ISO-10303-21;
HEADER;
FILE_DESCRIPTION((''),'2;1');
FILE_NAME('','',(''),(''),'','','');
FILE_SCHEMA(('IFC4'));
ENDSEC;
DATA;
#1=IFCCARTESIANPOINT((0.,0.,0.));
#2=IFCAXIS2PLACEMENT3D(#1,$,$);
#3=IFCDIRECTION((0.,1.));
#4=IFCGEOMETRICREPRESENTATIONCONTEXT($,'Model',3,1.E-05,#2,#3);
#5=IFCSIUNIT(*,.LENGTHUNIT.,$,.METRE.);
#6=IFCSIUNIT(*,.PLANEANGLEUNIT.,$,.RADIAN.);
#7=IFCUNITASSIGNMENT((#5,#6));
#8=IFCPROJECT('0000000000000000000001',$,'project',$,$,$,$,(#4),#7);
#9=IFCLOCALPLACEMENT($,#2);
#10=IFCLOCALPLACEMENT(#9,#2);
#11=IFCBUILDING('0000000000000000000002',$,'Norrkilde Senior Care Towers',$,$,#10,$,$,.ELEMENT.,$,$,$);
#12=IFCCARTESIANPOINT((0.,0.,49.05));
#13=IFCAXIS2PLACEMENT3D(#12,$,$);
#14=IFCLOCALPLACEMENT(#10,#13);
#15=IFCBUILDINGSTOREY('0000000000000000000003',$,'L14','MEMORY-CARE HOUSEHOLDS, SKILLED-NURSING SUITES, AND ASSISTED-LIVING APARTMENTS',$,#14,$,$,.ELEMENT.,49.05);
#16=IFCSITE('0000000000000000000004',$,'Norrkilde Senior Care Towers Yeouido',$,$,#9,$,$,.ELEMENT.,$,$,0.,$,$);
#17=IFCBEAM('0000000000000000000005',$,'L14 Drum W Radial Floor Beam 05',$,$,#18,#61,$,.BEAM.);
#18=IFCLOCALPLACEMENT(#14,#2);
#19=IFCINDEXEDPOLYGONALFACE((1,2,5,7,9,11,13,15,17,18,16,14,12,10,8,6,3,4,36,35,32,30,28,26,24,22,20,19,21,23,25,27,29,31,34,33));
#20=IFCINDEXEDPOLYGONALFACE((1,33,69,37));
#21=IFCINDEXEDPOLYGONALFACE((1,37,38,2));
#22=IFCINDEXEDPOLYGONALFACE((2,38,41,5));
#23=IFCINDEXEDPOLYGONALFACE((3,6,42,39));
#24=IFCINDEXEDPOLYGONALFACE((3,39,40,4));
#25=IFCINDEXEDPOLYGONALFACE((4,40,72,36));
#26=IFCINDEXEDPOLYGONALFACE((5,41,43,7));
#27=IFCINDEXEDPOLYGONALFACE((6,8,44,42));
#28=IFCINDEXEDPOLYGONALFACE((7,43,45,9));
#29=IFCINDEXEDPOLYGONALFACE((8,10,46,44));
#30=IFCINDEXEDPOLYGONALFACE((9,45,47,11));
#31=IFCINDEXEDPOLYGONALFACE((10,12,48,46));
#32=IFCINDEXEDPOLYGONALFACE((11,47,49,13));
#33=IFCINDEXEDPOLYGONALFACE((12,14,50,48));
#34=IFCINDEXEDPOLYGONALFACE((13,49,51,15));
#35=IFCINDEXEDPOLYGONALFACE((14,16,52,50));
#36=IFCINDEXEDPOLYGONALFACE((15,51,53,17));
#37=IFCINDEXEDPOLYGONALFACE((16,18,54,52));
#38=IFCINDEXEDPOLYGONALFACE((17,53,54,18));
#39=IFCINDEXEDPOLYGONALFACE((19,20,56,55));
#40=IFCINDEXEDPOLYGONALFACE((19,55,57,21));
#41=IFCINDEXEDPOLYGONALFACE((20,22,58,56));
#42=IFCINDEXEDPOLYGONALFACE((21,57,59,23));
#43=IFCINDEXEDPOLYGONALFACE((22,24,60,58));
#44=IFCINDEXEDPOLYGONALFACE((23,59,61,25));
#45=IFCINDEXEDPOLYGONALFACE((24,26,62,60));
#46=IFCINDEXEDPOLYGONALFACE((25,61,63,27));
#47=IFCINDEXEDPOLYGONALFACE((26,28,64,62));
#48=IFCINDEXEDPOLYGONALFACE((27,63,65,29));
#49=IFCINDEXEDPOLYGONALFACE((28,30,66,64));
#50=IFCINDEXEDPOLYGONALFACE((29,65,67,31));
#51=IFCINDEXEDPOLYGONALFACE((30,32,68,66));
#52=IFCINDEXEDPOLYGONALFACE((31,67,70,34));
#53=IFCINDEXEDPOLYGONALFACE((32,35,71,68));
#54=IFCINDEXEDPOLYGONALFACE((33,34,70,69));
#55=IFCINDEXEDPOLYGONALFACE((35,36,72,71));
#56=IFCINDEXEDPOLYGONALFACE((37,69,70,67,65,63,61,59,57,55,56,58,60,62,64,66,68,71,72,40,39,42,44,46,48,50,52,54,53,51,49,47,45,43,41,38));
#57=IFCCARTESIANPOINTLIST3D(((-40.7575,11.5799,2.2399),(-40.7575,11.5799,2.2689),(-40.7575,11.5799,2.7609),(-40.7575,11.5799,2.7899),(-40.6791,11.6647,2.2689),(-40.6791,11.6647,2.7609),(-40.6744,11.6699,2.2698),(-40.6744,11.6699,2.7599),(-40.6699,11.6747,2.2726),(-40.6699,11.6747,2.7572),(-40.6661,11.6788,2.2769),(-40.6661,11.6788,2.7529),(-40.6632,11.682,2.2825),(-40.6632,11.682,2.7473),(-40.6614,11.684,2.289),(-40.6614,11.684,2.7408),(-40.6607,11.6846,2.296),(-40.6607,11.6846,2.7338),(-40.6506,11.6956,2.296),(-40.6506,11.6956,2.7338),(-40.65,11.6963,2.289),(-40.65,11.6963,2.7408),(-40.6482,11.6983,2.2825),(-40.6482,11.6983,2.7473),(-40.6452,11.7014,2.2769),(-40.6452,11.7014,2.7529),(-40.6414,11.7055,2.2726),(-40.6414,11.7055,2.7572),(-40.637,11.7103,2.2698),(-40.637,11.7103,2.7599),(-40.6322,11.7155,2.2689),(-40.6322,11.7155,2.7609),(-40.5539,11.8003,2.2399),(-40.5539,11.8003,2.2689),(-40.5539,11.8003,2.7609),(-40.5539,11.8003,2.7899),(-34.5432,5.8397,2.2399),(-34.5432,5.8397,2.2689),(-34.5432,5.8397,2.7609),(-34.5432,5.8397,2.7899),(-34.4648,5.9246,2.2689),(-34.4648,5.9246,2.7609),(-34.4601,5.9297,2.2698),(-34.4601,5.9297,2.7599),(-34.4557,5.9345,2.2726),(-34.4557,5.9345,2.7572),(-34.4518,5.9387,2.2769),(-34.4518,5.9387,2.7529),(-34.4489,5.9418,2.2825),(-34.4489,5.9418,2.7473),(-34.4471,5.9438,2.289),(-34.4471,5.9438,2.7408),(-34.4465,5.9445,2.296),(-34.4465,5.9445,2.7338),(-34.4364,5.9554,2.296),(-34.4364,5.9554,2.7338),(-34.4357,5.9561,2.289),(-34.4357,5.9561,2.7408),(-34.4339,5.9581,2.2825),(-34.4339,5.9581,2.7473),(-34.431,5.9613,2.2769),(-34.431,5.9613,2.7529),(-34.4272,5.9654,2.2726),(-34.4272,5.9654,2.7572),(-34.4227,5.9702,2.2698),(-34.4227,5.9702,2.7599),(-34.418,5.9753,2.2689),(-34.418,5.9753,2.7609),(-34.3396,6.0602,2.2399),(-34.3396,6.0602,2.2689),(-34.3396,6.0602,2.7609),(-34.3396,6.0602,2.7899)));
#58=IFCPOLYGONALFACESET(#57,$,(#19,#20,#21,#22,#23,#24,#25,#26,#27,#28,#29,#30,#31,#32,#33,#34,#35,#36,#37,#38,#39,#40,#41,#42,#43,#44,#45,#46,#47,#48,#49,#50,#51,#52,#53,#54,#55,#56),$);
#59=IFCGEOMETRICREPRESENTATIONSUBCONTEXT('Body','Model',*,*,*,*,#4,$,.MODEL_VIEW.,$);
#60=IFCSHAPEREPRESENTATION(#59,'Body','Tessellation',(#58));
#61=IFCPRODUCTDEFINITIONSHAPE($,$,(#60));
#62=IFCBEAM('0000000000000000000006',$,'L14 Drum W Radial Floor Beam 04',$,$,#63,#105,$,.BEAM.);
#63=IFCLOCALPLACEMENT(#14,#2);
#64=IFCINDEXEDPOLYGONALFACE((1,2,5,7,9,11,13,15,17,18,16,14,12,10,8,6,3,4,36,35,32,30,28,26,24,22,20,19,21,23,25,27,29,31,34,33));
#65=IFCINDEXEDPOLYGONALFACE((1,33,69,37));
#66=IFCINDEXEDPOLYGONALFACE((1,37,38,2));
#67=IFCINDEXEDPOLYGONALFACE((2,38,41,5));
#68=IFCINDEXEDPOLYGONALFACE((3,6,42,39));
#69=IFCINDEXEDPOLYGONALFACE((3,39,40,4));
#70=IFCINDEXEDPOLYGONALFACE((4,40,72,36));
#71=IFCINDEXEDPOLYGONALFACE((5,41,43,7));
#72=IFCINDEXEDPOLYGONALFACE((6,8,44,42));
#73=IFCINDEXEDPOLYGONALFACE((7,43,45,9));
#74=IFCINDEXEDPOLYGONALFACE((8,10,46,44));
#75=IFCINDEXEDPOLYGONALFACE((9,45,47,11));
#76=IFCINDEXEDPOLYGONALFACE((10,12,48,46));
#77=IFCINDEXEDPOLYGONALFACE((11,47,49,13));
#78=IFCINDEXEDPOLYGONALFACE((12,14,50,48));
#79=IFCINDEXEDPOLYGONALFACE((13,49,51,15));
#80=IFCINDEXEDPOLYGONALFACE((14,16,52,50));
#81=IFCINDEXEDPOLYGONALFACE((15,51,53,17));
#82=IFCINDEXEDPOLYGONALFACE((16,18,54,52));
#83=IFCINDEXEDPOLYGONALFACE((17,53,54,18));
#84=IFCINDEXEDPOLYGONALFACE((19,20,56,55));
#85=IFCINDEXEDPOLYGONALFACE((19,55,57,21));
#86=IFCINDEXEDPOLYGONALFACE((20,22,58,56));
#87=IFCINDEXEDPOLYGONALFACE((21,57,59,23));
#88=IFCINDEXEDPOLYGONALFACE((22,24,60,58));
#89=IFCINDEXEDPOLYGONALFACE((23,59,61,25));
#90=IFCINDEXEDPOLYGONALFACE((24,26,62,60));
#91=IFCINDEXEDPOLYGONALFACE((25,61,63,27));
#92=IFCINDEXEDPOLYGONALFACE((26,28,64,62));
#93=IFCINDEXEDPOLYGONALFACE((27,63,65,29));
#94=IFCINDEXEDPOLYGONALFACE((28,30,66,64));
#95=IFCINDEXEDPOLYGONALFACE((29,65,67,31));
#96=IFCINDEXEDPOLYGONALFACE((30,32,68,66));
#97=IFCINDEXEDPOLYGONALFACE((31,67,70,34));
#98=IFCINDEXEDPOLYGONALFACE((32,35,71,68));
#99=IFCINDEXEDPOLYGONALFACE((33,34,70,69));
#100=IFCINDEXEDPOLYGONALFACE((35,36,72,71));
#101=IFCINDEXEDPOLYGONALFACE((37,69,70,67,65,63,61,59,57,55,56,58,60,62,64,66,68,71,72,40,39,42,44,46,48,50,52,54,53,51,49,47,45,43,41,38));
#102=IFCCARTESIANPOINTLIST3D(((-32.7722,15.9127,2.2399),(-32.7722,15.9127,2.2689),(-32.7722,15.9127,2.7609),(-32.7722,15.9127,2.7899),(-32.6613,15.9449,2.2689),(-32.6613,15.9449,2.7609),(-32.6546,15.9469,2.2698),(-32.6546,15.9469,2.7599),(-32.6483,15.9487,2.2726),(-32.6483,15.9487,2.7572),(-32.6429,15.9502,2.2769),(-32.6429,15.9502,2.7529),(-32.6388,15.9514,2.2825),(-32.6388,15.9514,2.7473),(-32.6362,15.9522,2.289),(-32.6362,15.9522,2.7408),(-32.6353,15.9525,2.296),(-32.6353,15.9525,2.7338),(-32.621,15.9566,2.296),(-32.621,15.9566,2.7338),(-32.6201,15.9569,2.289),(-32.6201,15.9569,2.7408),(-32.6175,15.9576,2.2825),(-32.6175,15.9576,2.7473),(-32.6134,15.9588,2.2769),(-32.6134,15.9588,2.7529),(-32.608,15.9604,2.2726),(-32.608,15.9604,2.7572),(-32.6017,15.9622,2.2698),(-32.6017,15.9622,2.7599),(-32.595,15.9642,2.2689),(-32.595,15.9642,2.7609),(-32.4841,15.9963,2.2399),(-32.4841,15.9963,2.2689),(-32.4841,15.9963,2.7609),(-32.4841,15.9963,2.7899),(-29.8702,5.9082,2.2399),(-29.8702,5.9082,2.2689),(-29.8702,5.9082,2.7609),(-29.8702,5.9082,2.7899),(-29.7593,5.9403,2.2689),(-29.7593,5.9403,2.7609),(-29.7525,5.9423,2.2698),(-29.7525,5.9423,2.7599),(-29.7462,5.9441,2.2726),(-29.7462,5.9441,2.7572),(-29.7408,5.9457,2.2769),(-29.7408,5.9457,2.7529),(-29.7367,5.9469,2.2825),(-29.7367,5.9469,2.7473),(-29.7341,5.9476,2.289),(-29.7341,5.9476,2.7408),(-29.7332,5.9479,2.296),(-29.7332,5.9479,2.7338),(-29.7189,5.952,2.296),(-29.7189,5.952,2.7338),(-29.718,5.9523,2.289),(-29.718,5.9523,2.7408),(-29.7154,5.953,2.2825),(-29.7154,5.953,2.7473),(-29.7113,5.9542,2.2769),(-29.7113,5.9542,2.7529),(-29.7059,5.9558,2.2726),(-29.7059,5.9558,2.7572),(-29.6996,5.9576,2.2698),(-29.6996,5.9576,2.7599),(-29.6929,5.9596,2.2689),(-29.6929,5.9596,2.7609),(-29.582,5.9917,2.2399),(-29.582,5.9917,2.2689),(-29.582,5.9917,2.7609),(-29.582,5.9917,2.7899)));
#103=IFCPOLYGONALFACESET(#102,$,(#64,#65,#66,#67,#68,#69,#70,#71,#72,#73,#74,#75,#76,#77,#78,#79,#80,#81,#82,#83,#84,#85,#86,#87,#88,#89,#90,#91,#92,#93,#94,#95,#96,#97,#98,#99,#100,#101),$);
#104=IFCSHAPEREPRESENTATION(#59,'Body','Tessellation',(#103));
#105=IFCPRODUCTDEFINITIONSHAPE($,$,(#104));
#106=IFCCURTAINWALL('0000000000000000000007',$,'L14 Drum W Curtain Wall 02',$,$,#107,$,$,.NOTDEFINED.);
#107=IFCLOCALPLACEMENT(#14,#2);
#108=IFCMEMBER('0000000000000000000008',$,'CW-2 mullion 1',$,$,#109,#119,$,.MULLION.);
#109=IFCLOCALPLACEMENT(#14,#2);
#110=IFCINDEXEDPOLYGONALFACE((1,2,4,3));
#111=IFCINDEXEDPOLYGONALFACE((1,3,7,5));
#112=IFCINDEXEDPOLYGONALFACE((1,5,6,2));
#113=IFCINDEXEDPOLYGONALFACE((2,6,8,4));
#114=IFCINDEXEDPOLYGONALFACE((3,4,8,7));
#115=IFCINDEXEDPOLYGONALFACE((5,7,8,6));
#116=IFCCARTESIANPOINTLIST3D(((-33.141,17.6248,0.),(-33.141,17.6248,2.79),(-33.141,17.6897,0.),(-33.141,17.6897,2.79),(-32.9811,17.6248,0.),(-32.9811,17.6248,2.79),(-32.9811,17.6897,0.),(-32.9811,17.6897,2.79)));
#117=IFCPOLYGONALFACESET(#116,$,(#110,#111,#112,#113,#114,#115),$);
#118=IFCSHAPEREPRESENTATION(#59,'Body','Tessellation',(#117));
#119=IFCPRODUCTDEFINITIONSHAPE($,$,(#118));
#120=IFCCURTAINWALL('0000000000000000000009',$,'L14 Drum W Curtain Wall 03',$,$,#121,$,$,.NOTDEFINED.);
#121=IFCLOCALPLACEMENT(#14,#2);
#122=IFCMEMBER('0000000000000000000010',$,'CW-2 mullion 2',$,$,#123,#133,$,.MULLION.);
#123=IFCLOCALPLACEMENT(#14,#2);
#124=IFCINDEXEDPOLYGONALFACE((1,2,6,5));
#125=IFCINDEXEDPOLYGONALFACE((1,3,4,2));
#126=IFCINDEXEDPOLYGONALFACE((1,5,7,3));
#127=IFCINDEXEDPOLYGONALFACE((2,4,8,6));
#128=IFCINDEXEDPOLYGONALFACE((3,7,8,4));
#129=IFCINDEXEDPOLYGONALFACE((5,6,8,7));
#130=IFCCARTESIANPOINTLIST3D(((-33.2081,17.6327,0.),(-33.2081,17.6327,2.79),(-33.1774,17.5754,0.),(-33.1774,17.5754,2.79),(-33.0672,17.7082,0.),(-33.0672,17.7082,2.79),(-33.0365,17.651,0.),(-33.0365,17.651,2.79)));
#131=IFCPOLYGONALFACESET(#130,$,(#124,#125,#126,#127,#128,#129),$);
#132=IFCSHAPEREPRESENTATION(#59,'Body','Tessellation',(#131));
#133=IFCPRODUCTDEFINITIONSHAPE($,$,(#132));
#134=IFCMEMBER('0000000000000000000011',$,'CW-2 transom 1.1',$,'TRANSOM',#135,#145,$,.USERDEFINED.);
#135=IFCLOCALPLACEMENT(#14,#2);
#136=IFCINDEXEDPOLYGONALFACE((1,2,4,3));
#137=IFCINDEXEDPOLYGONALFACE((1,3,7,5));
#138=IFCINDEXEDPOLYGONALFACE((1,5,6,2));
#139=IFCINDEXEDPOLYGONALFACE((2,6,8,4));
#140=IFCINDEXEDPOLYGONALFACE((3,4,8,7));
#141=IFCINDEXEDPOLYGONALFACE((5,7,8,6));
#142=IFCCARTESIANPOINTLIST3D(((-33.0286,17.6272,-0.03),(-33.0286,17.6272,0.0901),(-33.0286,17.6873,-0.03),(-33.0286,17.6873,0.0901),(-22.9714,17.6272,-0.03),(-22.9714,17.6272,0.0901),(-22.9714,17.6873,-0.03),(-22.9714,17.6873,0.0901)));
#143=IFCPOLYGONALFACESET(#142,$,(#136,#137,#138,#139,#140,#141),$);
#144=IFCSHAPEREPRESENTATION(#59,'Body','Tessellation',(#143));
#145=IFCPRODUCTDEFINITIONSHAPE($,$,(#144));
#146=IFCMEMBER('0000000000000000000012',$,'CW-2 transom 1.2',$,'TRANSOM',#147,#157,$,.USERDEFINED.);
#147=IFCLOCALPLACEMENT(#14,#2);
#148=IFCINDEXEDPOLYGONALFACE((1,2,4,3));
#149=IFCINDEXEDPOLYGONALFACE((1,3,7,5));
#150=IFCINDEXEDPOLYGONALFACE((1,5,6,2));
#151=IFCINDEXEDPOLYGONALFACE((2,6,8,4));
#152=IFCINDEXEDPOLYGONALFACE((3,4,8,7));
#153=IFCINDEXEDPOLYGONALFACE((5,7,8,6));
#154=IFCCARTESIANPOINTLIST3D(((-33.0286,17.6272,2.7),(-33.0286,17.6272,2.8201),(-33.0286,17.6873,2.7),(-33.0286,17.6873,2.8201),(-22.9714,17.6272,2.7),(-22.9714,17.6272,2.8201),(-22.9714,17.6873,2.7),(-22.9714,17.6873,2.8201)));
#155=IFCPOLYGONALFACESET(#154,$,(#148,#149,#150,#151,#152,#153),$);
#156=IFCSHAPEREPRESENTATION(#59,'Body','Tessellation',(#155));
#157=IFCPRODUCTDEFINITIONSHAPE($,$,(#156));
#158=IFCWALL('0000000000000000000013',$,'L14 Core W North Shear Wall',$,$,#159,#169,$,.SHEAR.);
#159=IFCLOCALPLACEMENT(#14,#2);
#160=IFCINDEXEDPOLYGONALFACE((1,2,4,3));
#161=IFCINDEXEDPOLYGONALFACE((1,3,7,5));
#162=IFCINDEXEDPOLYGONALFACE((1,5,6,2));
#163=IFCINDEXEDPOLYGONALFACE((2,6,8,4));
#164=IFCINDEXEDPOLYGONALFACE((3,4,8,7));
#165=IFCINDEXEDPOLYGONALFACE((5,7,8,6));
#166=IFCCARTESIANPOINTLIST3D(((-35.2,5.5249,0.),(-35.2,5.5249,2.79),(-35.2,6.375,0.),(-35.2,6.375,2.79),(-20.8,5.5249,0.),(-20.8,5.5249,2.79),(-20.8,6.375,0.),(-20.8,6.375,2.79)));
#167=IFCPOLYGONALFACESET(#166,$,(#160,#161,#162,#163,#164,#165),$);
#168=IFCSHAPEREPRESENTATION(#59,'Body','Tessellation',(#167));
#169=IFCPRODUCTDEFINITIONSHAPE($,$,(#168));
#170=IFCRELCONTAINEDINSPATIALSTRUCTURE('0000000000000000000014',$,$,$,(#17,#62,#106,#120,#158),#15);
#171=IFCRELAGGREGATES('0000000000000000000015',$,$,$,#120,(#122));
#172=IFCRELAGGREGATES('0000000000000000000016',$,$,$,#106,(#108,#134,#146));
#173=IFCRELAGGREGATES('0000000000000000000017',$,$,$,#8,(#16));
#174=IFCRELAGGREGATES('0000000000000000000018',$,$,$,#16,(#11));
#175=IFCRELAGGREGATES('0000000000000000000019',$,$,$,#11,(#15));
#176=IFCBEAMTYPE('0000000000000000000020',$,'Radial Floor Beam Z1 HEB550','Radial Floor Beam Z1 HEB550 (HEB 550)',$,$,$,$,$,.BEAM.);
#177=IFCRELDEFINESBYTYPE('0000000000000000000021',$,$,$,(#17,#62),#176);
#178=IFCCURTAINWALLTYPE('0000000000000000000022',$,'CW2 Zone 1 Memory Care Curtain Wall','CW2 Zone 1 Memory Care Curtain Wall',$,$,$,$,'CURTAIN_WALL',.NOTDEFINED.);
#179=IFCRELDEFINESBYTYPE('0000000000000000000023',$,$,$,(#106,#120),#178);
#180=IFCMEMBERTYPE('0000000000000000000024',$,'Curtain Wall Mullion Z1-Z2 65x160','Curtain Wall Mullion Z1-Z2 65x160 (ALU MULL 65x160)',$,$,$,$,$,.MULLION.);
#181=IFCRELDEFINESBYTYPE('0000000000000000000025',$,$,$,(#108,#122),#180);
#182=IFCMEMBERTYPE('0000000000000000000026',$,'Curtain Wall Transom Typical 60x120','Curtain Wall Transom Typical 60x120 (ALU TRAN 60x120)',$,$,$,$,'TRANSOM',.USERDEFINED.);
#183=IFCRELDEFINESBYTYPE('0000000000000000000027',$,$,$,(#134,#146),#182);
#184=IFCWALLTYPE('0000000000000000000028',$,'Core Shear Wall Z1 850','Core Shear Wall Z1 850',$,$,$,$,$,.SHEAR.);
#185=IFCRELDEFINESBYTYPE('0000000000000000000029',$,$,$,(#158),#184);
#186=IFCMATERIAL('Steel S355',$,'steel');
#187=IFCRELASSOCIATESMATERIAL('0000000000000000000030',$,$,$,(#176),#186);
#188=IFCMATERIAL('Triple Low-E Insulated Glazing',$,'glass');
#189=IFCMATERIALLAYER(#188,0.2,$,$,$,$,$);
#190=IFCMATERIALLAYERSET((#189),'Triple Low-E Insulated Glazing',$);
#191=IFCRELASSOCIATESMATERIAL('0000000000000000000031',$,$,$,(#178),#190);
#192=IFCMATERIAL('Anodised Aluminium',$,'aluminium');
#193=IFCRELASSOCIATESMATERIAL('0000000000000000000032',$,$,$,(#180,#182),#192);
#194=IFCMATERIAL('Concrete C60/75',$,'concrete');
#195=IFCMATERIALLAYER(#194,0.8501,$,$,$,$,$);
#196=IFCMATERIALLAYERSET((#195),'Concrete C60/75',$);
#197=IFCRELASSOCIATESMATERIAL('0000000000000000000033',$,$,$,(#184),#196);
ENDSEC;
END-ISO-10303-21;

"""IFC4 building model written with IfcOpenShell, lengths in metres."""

from ifc_helpers import new_model, si_unit, direction, frame, frame_2d, origin, origin_2d, place, context, subcontext, project, spatial, rectangle, i_section, extrude, source, transform, mapped, material, layer, layer_set, material_profile, profile_set, type_object, type_shapes, element, aggregate, save


model = new_model("IFC4")

# Units and contexts
model_context = context("Model", 3, precision=1e-05, world=origin(), true_north=direction((0.0, 1.0)))
body_context = subcontext(model_context, "Body", "Model", "MODEL_VIEW")
ifc_project = project(units=[si_unit("LENGTHUNIT", "METRE"), si_unit("PLANEANGLEUNIT", "RADIAN")], contexts=[model_context])

# Site, building, storey
site_placement = place(None, origin())
site = spatial("IfcSite", under=ifc_project, at=site_placement, Name="Norrkilde Senior Care Towers Yeouido", CompositionType="ELEMENT", RefElevation=0.0)
building_placement = place(site_placement, origin())
building = spatial("IfcBuilding", under=site, at=building_placement, Name="Norrkilde Senior Care Towers", CompositionType="ELEMENT")
storey_placement = place(building_placement, frame((0.0, 0.0, 49.05)))
storey = spatial("IfcBuildingStorey", under=building, at=storey_placement, Name="L14", Description="MEMORY-CARE HOUSEHOLDS, SKILLED-NURSING SUITES, AND ASSISTED-LIVING APARTMENTS", CompositionType="ELEMENT", Elevation=49.05)

# Shared definitions
ifc_material_1 = material(Name="Concrete C60/75", Category="concrete")

# Beams
ifc_material_2 = material(Name="Steel S355", Category="steel")
ifc_material_profile_1 = material_profile(ifc_material_2, i_section(OverallWidth=0.3, OverallDepth=0.55, WebThickness=0.0149, FlangeThickness=0.0291, FilletRadius=0.0271, at=origin_2d()), Name="HEB 550")
ifc_profile_set_1 = profile_set([ifc_material_profile_1], Name="Steel S355")
beam_type_1 = type_object("IfcBeamType", Name="Radial Floor Beam Z1 HEB550", Description="Radial Floor Beam Z1 HEB550 (HEB 550)", PredefinedType="BEAM", material=ifc_profile_set_1)
shared_shape_1 = source(origin(), body_context, "Body", "SweptSolid", [
    extrude(i_section(OverallWidth=0.3, OverallDepth=0.55, WebThickness=0.0149, FlangeThickness=0.0291, FilletRadius=0.0271, at=origin_2d()), origin(), (0.0, 0.0, 1.0), 8.4597),
])
beam_1_placement = place(storey_placement, frame((-34.4414, 5.95, 2.5149), z_axis=(-0.734573, 0.678529, 0.0), x_axis=(-0.678529, -0.734573, 0.0)))
element("IfcBeam", 1, at=beam_1_placement, inside=storey, type_object=beam_type_1, Name="L14 Drum W Radial Floor Beam 05", PredefinedType="BEAM", context=body_context, shape_type="MappedRepresentation", body=[
    mapped(shared_shape_1, transform((0.0, 0.0, 0.0), x_axis=(1.0, 0.0, 0.0), y_axis=(0.0, 1.0, 0.0), z_axis=(0.0, 0.0, 1.0), scale=1.0)),
])
shared_shape_2 = source(origin(), body_context, "Body", "SweptSolid", [
    extrude(i_section(OverallWidth=0.3, OverallDepth=0.55, WebThickness=0.0149, FlangeThickness=0.0291, FilletRadius=0.0271, at=origin_2d()), origin(), (0.0, 0.0, 1.0), 10.417),
])
beam_2_placement = place(storey_placement, frame((-29.7261, 5.95, 2.5149), z_axis=(-0.278591, 0.96041, 0.0), x_axis=(-0.96041, -0.278591, 0.0)))
element("IfcBeam", 2, at=beam_2_placement, inside=storey, type_object=beam_type_1, Name="L14 Drum W Radial Floor Beam 04", PredefinedType="BEAM", context=body_context, shape_type="MappedRepresentation", body=[
    mapped(shared_shape_2, transform((0.0, 0.0, 0.0), x_axis=(1.0, 0.0, 0.0), y_axis=(0.0, 1.0, 0.0), z_axis=(0.0, 0.0, 1.0), scale=1.0)),
])

# Curtain walls, members
ifc_material_3 = material(Name="Triple Low-E Insulated Glazing", Category="glass")
ifc_layer_1 = layer(ifc_material_3, 0.2)
ifc_layer_set_1 = layer_set([ifc_layer_1], Name="Triple Low-E Insulated Glazing")
curtain_wall_type = type_object("IfcCurtainWallType", Name="CW2 Zone 1 Memory Care Curtain Wall", Description="CW2 Zone 1 Memory Care Curtain Wall", ElementType="CURTAIN_WALL", PredefinedType="NOTDEFINED", material=ifc_layer_set_1)
curtain_wall_1_placement = place(storey_placement, origin())
curtain_wall_1 = element("IfcCurtainWall", 3, at=curtain_wall_1_placement, inside=storey, type_object=curtain_wall_type, Name="L14 Drum W Curtain Wall 02", PredefinedType="NOTDEFINED")
ifc_material_4 = material(Name="Anodised Aluminium", Category="aluminium")
ifc_material_profile_2 = material_profile(ifc_material_4, rectangle(XDim=0.0649, YDim=0.1599, at=origin_2d()), Name="ALU MULL 65x160")
ifc_profile_set_2 = profile_set([ifc_material_profile_2], Name="Anodised Aluminium")
member_type_1 = type_object("IfcMemberType", Name="Curtain Wall Mullion Z1-Z2 65x160", Description="Curtain Wall Mullion Z1-Z2 65x160 (ALU MULL 65x160)", PredefinedType="MULLION", material=ifc_profile_set_2)
shared_shape_3 = source(origin(), body_context, "Body", "SweptSolid", [
    extrude(rectangle(XDim=0.0649, YDim=0.1599, at=origin_2d()), origin(), (0.0, 0.0, 1.0), 2.79),
])
type_shapes(member_type_1, [shared_shape_3])
member_1_placement = place(storey_placement, frame((-33.061, 17.6572, 0.0), z_axis=(0.0, 0.0, 1.0), x_axis=(0.0, 1.0, 0.0)))
member_1 = element("IfcMember", 4, at=member_1_placement, type_object=member_type_1, Name="CW-2 mullion 1", PredefinedType="MULLION", context=body_context, shape_type="MappedRepresentation", body=[
    mapped(shared_shape_3, transform((0.0, 0.0, 0.0), x_axis=(1.0, 0.0, 0.0), y_axis=(0.0, 1.0, 0.0), z_axis=(0.0, 0.0, 1.0), scale=1.0)),
])
curtain_wall_2_placement = place(storey_placement, origin())
curtain_wall_2 = element("IfcCurtainWall", 5, at=curtain_wall_2_placement, inside=storey, type_object=curtain_wall_type, Name="L14 Drum W Curtain Wall 03", PredefinedType="NOTDEFINED")
member_2_placement = place(storey_placement, frame((-33.1223, 17.6418, 0.0), z_axis=(0.0, 0.0, 1.0), x_axis=(-0.472608, 0.881273, 0.0)))
member_2 = element("IfcMember", 6, at=member_2_placement, type_object=member_type_1, Name="CW-2 mullion 2", PredefinedType="MULLION", context=body_context, shape_type="MappedRepresentation", body=[
    mapped(shared_shape_3, transform((0.0, 0.0, 0.0), x_axis=(1.0, 0.0, 0.0), y_axis=(0.0, 1.0, 0.0), z_axis=(0.0, 0.0, 1.0), scale=1.0)),
])
aggregate(curtain_wall_2, [member_2])

# Members
ifc_material_profile_3 = material_profile(ifc_material_4, rectangle(XDim=0.0601, YDim=0.1201, at=origin_2d()), Name="ALU TRAN 60x120")
ifc_profile_set_3 = profile_set([ifc_material_profile_3], Name="Anodised Aluminium")
member_type_2 = type_object("IfcMemberType", Name="Curtain Wall Transom Typical 60x120", Description="Curtain Wall Transom Typical 60x120 (ALU TRAN 60x120)", ElementType="TRANSOM", PredefinedType="USERDEFINED", material=ifc_profile_set_3)
shared_shape_4 = source(origin(), body_context, "Body", "SweptSolid", [
    extrude(rectangle(XDim=0.0601, YDim=0.1201, at=origin_2d()), origin(), (0.0, 0.0, 1.0), 10.0571),
])
type_shapes(member_type_2, [shared_shape_4])
member_3_placement = place(storey_placement, frame((-33.0286, 17.6572, 0.03), z_axis=(1.0, 0.0, 0.0), x_axis=(0.0, 1.0, 0.0)))
member_3 = element("IfcMember", 7, at=member_3_placement, type_object=member_type_2, Name="CW-2 transom 1.1", ObjectType="TRANSOM", PredefinedType="USERDEFINED", context=body_context, shape_type="MappedRepresentation", body=[
    mapped(shared_shape_4, transform((0.0, 0.0, 0.0), x_axis=(1.0, 0.0, 0.0), y_axis=(0.0, 1.0, 0.0), z_axis=(0.0, 0.0, 1.0), scale=1.0)),
])
member_4_placement = place(storey_placement, frame((-33.0286, 17.6572, 2.76), z_axis=(1.0, 0.0, 0.0), x_axis=(0.0, 1.0, 0.0)))
member_4 = element("IfcMember", 8, at=member_4_placement, type_object=member_type_2, Name="CW-2 transom 1.2", ObjectType="TRANSOM", PredefinedType="USERDEFINED", context=body_context, shape_type="MappedRepresentation", body=[
    mapped(shared_shape_4, transform((0.0, 0.0, 0.0), x_axis=(1.0, 0.0, 0.0), y_axis=(0.0, 1.0, 0.0), z_axis=(0.0, 0.0, 1.0), scale=1.0)),
])
aggregate(curtain_wall_1, [member_1, member_3, member_4])

# Wall
ifc_layer_2 = layer(ifc_material_1, 0.8501)
ifc_layer_set_2 = layer_set([ifc_layer_2], Name="Concrete C60/75")
wall_type_1 = type_object("IfcWallType", Name="Core Shear Wall Z1 850", Description="Core Shear Wall Z1 850", PredefinedType="SHEAR", material=ifc_layer_set_2)
shared_shape_5 = source(origin(), body_context, "Body", "SweptSolid", [
    extrude(rectangle(XDim=14.3999, YDim=0.8501, at=frame_2d((7.2, 0.0))), origin(), (0.0, 0.0, 1.0), 2.79),
])
type_shapes(wall_type_1, [shared_shape_5])
wall_1_placement = place(storey_placement, frame((-35.2, 5.95, 0.0), z_axis=(0.0, 0.0, 1.0), x_axis=(1.0, 0.0, 0.0)))
element("IfcWall", 9, at=wall_1_placement, inside=storey, type_object=wall_type_1, Name="L14 Core W North Shear Wall", PredefinedType="SHEAR", context=body_context, shape_type="MappedRepresentation", body=[
    mapped(shared_shape_5, transform((0.0, 0.0, 0.0), x_axis=(1.0, 0.0, 0.0), y_axis=(0.0, 1.0, 0.0), z_axis=(0.0, 0.0, 1.0), scale=1.0)),
])

save(model, "model.ifc")
